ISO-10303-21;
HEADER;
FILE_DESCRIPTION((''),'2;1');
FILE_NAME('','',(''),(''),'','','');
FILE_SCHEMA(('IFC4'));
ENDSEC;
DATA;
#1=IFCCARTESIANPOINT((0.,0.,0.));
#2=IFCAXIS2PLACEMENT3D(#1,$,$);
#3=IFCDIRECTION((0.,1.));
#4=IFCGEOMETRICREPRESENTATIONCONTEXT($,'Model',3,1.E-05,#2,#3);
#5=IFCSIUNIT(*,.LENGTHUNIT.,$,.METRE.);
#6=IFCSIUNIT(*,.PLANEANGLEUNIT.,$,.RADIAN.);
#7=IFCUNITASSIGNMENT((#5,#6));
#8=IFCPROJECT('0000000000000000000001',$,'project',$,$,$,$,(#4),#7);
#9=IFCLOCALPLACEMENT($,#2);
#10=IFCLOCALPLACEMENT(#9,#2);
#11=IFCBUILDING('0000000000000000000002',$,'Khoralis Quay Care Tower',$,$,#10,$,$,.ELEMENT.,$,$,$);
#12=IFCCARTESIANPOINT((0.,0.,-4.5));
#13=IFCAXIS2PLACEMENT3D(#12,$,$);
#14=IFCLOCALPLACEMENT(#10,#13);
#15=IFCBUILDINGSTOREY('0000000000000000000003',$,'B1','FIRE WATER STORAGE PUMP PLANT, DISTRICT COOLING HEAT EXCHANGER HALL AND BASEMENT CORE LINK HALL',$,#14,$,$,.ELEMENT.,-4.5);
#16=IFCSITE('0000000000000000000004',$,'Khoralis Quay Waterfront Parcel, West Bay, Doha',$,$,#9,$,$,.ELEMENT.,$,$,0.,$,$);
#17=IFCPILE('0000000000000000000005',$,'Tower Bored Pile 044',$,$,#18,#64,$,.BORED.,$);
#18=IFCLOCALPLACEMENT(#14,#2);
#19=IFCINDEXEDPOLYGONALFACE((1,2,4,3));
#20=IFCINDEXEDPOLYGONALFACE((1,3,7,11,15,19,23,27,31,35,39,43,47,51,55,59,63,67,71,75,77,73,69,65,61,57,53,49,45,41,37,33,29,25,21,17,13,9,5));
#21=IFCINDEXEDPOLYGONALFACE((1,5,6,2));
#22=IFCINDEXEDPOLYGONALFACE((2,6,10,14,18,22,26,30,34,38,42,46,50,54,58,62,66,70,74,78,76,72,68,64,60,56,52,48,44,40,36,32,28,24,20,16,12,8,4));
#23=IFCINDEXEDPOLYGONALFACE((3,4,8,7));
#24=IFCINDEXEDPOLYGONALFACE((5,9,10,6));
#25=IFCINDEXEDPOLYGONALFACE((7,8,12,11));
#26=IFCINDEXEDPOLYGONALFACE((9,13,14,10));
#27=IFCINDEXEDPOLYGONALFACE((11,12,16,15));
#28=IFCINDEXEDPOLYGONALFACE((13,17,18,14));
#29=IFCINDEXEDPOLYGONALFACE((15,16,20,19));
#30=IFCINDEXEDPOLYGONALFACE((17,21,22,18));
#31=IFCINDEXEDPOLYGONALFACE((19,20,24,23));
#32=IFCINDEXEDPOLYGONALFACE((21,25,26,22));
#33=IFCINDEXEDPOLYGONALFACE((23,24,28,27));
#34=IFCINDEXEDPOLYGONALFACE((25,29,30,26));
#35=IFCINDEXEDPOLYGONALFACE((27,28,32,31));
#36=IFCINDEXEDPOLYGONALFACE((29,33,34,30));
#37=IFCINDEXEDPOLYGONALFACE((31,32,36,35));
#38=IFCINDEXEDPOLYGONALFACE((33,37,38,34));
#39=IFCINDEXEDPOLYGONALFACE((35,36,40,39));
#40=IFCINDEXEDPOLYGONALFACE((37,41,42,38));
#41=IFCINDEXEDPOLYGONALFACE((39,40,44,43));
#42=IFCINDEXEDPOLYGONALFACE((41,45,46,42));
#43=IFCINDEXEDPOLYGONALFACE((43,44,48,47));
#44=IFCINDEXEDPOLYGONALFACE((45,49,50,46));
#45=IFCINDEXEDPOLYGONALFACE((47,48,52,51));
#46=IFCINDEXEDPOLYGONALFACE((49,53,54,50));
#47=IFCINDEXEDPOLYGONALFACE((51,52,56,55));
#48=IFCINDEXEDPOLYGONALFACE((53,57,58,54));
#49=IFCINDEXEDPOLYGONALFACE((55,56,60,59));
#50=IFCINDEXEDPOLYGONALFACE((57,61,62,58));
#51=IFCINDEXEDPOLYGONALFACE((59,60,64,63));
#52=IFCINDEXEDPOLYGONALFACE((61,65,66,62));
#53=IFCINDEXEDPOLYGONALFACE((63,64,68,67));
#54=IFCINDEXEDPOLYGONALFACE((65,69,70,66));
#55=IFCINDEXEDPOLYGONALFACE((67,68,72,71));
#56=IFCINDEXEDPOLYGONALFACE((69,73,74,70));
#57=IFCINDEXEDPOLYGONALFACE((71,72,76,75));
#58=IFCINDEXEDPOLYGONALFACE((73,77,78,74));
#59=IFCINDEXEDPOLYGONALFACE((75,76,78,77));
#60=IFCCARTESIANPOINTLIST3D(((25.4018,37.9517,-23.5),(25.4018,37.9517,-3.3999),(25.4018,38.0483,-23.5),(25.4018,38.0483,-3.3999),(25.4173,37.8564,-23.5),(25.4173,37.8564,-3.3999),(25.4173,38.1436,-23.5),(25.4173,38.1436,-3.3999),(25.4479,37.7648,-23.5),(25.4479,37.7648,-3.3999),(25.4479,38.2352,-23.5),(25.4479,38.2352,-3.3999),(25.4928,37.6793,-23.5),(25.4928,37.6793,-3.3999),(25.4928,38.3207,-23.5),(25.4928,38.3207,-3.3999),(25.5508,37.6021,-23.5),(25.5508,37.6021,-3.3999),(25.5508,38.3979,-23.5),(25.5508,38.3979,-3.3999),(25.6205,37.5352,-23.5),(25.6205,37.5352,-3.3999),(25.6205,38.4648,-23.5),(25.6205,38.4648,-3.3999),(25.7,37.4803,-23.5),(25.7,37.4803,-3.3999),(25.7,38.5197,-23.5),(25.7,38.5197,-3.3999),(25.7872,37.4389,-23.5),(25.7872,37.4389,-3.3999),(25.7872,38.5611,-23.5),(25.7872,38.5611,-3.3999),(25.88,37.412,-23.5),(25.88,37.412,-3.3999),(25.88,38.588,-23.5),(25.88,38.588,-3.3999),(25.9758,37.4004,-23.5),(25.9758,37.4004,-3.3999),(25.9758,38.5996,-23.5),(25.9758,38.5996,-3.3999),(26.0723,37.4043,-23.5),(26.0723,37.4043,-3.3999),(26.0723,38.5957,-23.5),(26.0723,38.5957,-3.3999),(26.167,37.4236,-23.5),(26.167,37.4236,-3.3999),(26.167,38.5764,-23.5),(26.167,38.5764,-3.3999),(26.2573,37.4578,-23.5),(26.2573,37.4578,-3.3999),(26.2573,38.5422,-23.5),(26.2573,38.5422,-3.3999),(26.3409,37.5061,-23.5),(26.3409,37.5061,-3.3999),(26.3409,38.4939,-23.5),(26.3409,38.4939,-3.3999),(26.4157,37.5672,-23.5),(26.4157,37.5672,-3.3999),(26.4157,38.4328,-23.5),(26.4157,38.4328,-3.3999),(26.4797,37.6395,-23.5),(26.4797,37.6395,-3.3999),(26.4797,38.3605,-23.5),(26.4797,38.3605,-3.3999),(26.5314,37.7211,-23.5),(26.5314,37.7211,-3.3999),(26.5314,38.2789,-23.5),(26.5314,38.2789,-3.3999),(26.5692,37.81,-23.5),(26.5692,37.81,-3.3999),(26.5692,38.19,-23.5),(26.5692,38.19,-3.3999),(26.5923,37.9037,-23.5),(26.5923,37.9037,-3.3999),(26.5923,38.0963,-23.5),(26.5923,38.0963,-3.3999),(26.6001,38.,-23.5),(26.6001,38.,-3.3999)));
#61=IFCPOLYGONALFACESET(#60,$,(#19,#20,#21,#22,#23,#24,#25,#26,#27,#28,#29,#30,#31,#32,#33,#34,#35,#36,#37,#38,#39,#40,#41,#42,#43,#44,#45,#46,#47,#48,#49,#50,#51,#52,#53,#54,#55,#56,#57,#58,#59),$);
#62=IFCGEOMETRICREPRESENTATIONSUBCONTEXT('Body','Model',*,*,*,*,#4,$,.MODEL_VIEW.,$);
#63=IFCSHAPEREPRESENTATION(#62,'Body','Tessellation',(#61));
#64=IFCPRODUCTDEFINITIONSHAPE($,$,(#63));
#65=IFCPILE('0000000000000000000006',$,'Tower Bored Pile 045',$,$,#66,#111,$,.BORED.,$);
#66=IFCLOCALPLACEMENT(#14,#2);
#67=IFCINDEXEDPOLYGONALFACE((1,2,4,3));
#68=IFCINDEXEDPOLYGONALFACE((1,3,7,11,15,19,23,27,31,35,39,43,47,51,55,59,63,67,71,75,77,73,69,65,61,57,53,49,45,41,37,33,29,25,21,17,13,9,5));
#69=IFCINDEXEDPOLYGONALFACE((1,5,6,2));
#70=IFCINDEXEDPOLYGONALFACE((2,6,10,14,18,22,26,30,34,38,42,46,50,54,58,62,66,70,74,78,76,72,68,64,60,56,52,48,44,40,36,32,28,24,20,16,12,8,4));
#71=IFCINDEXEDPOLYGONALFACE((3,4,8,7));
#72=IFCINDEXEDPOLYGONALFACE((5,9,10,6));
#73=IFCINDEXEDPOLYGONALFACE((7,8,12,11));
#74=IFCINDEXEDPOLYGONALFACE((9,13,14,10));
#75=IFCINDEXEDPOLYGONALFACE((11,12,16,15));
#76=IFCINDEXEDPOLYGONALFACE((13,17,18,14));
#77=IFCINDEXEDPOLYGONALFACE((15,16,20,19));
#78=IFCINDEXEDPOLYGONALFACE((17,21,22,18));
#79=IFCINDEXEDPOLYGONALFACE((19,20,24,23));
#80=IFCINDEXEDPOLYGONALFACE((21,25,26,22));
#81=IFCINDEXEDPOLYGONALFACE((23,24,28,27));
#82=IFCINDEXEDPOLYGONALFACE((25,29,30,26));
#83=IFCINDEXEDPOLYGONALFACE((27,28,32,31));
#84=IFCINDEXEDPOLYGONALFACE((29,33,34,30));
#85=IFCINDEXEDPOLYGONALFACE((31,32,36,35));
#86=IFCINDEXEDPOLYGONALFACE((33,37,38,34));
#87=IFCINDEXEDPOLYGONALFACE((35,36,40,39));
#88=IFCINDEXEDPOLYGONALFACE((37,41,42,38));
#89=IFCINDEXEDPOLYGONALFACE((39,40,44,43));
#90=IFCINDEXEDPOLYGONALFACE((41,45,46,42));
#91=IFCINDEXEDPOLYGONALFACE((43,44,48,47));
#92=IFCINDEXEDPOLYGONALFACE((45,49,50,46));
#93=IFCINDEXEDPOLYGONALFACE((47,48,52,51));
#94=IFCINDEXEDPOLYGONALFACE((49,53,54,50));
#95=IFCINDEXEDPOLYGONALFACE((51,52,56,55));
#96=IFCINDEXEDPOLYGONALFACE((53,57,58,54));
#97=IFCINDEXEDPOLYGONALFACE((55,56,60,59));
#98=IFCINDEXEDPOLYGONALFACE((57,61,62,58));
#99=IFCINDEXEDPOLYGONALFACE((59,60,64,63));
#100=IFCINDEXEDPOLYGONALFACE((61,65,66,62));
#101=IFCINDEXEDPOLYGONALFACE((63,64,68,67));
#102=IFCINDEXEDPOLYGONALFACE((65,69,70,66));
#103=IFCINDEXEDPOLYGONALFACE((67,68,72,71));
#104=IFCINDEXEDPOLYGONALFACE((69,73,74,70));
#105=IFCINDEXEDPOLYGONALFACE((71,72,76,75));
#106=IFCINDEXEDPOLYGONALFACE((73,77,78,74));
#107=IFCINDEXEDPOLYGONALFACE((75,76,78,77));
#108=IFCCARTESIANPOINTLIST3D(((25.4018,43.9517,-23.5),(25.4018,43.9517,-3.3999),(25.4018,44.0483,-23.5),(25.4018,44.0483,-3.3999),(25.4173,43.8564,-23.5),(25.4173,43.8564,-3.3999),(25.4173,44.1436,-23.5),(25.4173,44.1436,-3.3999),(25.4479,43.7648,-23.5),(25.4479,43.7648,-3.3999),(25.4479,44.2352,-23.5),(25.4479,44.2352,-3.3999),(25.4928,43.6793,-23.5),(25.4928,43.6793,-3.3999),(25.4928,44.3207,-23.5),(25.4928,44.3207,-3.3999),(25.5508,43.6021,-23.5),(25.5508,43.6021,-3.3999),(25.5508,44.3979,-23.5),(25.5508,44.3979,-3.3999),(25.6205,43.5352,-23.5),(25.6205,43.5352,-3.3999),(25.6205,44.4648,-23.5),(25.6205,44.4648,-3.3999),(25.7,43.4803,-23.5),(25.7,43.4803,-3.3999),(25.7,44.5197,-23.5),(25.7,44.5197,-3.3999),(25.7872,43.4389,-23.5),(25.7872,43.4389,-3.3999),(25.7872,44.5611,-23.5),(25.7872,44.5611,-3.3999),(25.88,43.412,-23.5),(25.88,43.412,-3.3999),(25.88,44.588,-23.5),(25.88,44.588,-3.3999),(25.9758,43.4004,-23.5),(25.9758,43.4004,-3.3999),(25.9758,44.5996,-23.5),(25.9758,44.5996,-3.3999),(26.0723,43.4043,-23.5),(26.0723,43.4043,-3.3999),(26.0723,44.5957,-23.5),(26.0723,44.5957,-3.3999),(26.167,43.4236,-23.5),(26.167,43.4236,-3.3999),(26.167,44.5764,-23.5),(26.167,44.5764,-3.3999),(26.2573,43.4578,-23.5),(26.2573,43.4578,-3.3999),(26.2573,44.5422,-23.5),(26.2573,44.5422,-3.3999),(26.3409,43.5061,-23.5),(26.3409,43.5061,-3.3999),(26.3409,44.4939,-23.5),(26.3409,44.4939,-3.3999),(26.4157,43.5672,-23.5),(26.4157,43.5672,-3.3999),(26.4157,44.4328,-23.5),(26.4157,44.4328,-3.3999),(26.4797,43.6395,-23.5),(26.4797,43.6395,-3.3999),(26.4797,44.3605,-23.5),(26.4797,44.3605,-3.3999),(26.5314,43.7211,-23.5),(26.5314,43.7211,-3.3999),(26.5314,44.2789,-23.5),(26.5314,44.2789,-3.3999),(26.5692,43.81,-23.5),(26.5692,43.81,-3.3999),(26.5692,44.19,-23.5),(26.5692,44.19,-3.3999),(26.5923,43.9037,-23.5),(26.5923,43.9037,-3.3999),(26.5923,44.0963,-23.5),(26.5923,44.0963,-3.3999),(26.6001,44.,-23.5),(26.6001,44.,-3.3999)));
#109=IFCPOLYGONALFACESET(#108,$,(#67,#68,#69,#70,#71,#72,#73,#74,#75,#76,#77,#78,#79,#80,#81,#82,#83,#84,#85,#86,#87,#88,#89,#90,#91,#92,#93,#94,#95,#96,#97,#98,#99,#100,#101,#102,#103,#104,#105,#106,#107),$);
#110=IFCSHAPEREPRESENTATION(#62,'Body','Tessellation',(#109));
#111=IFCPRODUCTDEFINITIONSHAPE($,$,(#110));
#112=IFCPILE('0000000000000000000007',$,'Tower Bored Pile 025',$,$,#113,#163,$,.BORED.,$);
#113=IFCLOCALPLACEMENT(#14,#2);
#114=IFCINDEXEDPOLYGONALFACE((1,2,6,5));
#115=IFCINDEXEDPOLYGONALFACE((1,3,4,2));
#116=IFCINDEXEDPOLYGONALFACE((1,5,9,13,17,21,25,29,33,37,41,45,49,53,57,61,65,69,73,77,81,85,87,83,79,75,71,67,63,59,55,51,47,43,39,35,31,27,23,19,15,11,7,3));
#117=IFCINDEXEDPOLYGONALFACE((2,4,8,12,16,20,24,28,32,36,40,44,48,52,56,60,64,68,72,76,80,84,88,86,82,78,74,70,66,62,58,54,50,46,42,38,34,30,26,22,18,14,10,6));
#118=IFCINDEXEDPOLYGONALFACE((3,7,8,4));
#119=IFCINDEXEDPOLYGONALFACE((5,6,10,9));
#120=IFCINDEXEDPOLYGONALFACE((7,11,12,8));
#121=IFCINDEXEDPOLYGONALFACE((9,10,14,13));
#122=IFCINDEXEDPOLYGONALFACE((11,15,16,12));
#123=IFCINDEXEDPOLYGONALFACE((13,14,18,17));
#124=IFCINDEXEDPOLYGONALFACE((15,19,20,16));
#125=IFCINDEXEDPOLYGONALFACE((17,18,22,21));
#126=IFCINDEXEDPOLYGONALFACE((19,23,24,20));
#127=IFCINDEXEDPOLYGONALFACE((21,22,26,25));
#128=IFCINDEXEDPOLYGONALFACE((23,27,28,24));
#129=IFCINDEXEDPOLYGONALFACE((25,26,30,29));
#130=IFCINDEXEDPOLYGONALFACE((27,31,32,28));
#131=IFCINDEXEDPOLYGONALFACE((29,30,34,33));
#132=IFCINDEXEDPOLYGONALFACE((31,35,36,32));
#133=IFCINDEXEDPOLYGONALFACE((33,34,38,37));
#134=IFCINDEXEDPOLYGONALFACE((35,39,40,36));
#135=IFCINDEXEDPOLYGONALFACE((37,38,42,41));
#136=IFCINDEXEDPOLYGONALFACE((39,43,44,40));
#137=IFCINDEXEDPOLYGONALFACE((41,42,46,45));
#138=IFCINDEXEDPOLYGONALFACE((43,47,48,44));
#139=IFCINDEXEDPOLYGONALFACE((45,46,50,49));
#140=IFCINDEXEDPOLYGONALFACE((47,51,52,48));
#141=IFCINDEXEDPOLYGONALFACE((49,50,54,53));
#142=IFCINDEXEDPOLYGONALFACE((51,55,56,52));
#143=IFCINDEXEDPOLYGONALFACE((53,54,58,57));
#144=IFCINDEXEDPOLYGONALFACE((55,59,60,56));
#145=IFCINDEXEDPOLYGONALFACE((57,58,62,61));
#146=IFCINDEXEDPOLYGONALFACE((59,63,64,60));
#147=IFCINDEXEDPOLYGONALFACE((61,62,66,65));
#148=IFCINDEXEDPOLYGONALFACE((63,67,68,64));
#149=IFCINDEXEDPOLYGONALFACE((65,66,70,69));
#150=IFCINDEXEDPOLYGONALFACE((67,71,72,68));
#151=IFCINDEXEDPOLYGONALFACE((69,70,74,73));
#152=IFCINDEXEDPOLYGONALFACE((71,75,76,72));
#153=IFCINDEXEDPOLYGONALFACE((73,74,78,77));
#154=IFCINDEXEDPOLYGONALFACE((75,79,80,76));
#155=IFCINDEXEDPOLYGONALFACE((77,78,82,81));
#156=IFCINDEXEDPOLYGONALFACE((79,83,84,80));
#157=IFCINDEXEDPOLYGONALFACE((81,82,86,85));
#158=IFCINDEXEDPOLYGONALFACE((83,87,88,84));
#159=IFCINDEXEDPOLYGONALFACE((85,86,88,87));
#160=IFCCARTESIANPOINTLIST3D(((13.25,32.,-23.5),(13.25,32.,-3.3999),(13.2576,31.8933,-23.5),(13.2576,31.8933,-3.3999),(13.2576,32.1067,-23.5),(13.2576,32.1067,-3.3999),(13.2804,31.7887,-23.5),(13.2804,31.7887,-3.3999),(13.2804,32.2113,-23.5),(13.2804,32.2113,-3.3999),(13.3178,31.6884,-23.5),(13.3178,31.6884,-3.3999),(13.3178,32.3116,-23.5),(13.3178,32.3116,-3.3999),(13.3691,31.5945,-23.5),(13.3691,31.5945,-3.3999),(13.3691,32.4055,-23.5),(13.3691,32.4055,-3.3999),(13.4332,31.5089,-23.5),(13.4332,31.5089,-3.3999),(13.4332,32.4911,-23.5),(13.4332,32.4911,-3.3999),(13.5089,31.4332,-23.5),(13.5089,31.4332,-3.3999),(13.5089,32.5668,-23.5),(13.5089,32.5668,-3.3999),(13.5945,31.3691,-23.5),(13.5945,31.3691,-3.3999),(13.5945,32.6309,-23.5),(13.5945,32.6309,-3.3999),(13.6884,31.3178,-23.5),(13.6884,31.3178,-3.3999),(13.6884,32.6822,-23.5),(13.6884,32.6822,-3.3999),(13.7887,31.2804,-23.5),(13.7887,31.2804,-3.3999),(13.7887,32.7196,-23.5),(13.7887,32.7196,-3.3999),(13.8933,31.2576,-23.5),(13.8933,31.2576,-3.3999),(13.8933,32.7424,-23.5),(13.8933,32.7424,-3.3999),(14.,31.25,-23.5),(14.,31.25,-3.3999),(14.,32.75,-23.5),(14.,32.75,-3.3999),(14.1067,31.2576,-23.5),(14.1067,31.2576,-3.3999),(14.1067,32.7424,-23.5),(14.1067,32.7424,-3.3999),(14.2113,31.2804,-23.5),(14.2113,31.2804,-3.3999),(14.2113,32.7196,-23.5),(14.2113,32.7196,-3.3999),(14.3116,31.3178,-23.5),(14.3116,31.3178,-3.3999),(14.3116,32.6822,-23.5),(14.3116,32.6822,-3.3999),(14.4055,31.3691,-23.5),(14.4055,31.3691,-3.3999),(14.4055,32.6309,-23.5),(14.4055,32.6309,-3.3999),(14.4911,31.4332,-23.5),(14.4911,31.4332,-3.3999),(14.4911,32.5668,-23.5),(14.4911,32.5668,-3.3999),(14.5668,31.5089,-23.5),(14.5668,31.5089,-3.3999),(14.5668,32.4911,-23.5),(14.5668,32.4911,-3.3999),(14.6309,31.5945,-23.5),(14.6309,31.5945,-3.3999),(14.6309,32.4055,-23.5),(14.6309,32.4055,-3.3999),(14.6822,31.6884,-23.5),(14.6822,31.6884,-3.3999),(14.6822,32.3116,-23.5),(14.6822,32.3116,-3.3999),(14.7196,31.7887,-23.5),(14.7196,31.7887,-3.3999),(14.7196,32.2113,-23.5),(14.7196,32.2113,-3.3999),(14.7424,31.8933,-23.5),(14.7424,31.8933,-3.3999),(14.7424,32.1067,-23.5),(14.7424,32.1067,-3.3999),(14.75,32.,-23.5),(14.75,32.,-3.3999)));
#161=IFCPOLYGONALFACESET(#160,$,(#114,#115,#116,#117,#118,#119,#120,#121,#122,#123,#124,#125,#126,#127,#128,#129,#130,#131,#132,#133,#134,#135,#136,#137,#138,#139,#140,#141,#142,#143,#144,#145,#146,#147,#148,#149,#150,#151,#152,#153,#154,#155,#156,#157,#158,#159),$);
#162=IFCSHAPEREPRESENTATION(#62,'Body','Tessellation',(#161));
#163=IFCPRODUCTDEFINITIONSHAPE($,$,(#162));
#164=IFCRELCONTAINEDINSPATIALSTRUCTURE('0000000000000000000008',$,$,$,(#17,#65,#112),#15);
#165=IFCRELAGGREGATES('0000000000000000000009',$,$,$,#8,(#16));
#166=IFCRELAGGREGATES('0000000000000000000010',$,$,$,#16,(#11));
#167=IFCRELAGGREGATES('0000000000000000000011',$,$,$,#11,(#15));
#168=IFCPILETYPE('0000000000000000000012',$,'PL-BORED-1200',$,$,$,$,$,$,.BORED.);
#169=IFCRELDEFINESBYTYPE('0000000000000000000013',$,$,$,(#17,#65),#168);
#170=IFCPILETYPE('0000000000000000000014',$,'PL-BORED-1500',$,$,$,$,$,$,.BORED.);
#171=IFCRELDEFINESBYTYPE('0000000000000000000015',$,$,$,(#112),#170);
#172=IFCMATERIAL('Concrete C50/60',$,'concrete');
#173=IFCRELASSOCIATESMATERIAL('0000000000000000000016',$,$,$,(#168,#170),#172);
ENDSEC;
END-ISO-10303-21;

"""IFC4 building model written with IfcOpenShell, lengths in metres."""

from ifc_helpers import new_model, si_unit, direction, frame, origin, origin_2d, place, context, subcontext, project, spatial, circle, extrude, source, transform, mapped, material, material_profile, profile_set, type_object, element, save


model = new_model("IFC4")

# Units and contexts
model_context = context("Model", 3, precision=1e-05, world=origin(), true_north=direction((0.0, 1.0)))
body_context = subcontext(model_context, "Body", "Model", "MODEL_VIEW")
ifc_project = project(units=[si_unit("LENGTHUNIT", "METRE"), si_unit("PLANEANGLEUNIT", "RADIAN")], contexts=[model_context])

# Site, building, storey
site_placement = place(None, origin())
site = spatial("IfcSite", under=ifc_project, at=site_placement, Name="Khoralis Quay Waterfront Parcel, West Bay, Doha", CompositionType="ELEMENT", RefElevation=0.0)
building_placement = place(site_placement, origin())
building = spatial("IfcBuilding", under=site, at=building_placement, Name="Khoralis Quay Care Tower", CompositionType="ELEMENT")
storey_placement = place(building_placement, frame((0.0, 0.0, -4.5)))
storey = spatial("IfcBuildingStorey", under=building, at=storey_placement, Name="B1", Description="FIRE WATER STORAGE PUMP PLANT, DISTRICT COOLING HEAT EXCHANGER HALL AND BASEMENT CORE LINK HALL", CompositionType="ELEMENT", Elevation=-4.5)

# Piles
ifc_material_1 = material(Name="Concrete C50/60", Category="concrete")
ifc_material_profile_1 = material_profile(ifc_material_1, circle(Radius=0.6001, at=origin_2d()), Name="Concrete C50/60")
ifc_profile_set_1 = profile_set([ifc_material_profile_1], Name="Concrete C50/60")
pile_type_1 = type_object("IfcPileType", Name="PL-BORED-1200", PredefinedType="BORED", material=ifc_profile_set_1)
shared_shape_1 = source(origin(), body_context, "Body", "SweptSolid", [
    extrude(circle(Radius=0.6001, at=origin_2d()), origin(), (0.0, 0.0, 1.0), 20.1001),
])
for number, where, z_axis, x_axis, name in (
    (1, (26.0, 38.0, -3.3999), (0.0, 0.0, -1.0), (1.0, 0.0, 0.0), "Tower Bored Pile 044"),
    (2, (26.0, 44.0, -3.3999), (0.0, 0.0, -1.0), (1.0, 0.0, 0.0), "Tower Bored Pile 045"),
):
    element("IfcPile", number, at=place(storey_placement, frame(where, z_axis=z_axis, x_axis=x_axis)), inside=storey, type_object=pile_type_1, Name=name, PredefinedType="BORED", context=body_context, shape_type="MappedRepresentation", body=[
        mapped(shared_shape_1, transform((0.0, 0.0, 0.0), scale=1.0)),
    ])
ifc_material_profile_2 = material_profile(ifc_material_1, circle(Radius=0.75, at=origin_2d()), Name="Concrete C50/60")
ifc_profile_set_2 = profile_set([ifc_material_profile_2], Name="Concrete C50/60")
pile_type_2 = type_object("IfcPileType", Name="PL-BORED-1500", PredefinedType="BORED", material=ifc_profile_set_2)
shared_shape_2 = source(origin(), body_context, "Body", "SweptSolid", [
    extrude(circle(Radius=0.75, at=origin_2d()), origin(), (0.0, 0.0, 1.0), 20.1001),
])
for number, where, z_axis, x_axis, name in (
    (3, (14.0, 32.0, -3.3999), (0.0, 0.0, -1.0), (1.0, 0.0, 0.0), "Tower Bored Pile 025"),
):
    element("IfcPile", number, at=place(storey_placement, frame(where, z_axis=z_axis, x_axis=x_axis)), inside=storey, type_object=pile_type_2, Name=name, PredefinedType="BORED", context=body_context, shape_type="MappedRepresentation", body=[
        mapped(shared_shape_2, transform((0.0, 0.0, 0.0), scale=1.0)),
    ])

save(model, "model.ifc")
